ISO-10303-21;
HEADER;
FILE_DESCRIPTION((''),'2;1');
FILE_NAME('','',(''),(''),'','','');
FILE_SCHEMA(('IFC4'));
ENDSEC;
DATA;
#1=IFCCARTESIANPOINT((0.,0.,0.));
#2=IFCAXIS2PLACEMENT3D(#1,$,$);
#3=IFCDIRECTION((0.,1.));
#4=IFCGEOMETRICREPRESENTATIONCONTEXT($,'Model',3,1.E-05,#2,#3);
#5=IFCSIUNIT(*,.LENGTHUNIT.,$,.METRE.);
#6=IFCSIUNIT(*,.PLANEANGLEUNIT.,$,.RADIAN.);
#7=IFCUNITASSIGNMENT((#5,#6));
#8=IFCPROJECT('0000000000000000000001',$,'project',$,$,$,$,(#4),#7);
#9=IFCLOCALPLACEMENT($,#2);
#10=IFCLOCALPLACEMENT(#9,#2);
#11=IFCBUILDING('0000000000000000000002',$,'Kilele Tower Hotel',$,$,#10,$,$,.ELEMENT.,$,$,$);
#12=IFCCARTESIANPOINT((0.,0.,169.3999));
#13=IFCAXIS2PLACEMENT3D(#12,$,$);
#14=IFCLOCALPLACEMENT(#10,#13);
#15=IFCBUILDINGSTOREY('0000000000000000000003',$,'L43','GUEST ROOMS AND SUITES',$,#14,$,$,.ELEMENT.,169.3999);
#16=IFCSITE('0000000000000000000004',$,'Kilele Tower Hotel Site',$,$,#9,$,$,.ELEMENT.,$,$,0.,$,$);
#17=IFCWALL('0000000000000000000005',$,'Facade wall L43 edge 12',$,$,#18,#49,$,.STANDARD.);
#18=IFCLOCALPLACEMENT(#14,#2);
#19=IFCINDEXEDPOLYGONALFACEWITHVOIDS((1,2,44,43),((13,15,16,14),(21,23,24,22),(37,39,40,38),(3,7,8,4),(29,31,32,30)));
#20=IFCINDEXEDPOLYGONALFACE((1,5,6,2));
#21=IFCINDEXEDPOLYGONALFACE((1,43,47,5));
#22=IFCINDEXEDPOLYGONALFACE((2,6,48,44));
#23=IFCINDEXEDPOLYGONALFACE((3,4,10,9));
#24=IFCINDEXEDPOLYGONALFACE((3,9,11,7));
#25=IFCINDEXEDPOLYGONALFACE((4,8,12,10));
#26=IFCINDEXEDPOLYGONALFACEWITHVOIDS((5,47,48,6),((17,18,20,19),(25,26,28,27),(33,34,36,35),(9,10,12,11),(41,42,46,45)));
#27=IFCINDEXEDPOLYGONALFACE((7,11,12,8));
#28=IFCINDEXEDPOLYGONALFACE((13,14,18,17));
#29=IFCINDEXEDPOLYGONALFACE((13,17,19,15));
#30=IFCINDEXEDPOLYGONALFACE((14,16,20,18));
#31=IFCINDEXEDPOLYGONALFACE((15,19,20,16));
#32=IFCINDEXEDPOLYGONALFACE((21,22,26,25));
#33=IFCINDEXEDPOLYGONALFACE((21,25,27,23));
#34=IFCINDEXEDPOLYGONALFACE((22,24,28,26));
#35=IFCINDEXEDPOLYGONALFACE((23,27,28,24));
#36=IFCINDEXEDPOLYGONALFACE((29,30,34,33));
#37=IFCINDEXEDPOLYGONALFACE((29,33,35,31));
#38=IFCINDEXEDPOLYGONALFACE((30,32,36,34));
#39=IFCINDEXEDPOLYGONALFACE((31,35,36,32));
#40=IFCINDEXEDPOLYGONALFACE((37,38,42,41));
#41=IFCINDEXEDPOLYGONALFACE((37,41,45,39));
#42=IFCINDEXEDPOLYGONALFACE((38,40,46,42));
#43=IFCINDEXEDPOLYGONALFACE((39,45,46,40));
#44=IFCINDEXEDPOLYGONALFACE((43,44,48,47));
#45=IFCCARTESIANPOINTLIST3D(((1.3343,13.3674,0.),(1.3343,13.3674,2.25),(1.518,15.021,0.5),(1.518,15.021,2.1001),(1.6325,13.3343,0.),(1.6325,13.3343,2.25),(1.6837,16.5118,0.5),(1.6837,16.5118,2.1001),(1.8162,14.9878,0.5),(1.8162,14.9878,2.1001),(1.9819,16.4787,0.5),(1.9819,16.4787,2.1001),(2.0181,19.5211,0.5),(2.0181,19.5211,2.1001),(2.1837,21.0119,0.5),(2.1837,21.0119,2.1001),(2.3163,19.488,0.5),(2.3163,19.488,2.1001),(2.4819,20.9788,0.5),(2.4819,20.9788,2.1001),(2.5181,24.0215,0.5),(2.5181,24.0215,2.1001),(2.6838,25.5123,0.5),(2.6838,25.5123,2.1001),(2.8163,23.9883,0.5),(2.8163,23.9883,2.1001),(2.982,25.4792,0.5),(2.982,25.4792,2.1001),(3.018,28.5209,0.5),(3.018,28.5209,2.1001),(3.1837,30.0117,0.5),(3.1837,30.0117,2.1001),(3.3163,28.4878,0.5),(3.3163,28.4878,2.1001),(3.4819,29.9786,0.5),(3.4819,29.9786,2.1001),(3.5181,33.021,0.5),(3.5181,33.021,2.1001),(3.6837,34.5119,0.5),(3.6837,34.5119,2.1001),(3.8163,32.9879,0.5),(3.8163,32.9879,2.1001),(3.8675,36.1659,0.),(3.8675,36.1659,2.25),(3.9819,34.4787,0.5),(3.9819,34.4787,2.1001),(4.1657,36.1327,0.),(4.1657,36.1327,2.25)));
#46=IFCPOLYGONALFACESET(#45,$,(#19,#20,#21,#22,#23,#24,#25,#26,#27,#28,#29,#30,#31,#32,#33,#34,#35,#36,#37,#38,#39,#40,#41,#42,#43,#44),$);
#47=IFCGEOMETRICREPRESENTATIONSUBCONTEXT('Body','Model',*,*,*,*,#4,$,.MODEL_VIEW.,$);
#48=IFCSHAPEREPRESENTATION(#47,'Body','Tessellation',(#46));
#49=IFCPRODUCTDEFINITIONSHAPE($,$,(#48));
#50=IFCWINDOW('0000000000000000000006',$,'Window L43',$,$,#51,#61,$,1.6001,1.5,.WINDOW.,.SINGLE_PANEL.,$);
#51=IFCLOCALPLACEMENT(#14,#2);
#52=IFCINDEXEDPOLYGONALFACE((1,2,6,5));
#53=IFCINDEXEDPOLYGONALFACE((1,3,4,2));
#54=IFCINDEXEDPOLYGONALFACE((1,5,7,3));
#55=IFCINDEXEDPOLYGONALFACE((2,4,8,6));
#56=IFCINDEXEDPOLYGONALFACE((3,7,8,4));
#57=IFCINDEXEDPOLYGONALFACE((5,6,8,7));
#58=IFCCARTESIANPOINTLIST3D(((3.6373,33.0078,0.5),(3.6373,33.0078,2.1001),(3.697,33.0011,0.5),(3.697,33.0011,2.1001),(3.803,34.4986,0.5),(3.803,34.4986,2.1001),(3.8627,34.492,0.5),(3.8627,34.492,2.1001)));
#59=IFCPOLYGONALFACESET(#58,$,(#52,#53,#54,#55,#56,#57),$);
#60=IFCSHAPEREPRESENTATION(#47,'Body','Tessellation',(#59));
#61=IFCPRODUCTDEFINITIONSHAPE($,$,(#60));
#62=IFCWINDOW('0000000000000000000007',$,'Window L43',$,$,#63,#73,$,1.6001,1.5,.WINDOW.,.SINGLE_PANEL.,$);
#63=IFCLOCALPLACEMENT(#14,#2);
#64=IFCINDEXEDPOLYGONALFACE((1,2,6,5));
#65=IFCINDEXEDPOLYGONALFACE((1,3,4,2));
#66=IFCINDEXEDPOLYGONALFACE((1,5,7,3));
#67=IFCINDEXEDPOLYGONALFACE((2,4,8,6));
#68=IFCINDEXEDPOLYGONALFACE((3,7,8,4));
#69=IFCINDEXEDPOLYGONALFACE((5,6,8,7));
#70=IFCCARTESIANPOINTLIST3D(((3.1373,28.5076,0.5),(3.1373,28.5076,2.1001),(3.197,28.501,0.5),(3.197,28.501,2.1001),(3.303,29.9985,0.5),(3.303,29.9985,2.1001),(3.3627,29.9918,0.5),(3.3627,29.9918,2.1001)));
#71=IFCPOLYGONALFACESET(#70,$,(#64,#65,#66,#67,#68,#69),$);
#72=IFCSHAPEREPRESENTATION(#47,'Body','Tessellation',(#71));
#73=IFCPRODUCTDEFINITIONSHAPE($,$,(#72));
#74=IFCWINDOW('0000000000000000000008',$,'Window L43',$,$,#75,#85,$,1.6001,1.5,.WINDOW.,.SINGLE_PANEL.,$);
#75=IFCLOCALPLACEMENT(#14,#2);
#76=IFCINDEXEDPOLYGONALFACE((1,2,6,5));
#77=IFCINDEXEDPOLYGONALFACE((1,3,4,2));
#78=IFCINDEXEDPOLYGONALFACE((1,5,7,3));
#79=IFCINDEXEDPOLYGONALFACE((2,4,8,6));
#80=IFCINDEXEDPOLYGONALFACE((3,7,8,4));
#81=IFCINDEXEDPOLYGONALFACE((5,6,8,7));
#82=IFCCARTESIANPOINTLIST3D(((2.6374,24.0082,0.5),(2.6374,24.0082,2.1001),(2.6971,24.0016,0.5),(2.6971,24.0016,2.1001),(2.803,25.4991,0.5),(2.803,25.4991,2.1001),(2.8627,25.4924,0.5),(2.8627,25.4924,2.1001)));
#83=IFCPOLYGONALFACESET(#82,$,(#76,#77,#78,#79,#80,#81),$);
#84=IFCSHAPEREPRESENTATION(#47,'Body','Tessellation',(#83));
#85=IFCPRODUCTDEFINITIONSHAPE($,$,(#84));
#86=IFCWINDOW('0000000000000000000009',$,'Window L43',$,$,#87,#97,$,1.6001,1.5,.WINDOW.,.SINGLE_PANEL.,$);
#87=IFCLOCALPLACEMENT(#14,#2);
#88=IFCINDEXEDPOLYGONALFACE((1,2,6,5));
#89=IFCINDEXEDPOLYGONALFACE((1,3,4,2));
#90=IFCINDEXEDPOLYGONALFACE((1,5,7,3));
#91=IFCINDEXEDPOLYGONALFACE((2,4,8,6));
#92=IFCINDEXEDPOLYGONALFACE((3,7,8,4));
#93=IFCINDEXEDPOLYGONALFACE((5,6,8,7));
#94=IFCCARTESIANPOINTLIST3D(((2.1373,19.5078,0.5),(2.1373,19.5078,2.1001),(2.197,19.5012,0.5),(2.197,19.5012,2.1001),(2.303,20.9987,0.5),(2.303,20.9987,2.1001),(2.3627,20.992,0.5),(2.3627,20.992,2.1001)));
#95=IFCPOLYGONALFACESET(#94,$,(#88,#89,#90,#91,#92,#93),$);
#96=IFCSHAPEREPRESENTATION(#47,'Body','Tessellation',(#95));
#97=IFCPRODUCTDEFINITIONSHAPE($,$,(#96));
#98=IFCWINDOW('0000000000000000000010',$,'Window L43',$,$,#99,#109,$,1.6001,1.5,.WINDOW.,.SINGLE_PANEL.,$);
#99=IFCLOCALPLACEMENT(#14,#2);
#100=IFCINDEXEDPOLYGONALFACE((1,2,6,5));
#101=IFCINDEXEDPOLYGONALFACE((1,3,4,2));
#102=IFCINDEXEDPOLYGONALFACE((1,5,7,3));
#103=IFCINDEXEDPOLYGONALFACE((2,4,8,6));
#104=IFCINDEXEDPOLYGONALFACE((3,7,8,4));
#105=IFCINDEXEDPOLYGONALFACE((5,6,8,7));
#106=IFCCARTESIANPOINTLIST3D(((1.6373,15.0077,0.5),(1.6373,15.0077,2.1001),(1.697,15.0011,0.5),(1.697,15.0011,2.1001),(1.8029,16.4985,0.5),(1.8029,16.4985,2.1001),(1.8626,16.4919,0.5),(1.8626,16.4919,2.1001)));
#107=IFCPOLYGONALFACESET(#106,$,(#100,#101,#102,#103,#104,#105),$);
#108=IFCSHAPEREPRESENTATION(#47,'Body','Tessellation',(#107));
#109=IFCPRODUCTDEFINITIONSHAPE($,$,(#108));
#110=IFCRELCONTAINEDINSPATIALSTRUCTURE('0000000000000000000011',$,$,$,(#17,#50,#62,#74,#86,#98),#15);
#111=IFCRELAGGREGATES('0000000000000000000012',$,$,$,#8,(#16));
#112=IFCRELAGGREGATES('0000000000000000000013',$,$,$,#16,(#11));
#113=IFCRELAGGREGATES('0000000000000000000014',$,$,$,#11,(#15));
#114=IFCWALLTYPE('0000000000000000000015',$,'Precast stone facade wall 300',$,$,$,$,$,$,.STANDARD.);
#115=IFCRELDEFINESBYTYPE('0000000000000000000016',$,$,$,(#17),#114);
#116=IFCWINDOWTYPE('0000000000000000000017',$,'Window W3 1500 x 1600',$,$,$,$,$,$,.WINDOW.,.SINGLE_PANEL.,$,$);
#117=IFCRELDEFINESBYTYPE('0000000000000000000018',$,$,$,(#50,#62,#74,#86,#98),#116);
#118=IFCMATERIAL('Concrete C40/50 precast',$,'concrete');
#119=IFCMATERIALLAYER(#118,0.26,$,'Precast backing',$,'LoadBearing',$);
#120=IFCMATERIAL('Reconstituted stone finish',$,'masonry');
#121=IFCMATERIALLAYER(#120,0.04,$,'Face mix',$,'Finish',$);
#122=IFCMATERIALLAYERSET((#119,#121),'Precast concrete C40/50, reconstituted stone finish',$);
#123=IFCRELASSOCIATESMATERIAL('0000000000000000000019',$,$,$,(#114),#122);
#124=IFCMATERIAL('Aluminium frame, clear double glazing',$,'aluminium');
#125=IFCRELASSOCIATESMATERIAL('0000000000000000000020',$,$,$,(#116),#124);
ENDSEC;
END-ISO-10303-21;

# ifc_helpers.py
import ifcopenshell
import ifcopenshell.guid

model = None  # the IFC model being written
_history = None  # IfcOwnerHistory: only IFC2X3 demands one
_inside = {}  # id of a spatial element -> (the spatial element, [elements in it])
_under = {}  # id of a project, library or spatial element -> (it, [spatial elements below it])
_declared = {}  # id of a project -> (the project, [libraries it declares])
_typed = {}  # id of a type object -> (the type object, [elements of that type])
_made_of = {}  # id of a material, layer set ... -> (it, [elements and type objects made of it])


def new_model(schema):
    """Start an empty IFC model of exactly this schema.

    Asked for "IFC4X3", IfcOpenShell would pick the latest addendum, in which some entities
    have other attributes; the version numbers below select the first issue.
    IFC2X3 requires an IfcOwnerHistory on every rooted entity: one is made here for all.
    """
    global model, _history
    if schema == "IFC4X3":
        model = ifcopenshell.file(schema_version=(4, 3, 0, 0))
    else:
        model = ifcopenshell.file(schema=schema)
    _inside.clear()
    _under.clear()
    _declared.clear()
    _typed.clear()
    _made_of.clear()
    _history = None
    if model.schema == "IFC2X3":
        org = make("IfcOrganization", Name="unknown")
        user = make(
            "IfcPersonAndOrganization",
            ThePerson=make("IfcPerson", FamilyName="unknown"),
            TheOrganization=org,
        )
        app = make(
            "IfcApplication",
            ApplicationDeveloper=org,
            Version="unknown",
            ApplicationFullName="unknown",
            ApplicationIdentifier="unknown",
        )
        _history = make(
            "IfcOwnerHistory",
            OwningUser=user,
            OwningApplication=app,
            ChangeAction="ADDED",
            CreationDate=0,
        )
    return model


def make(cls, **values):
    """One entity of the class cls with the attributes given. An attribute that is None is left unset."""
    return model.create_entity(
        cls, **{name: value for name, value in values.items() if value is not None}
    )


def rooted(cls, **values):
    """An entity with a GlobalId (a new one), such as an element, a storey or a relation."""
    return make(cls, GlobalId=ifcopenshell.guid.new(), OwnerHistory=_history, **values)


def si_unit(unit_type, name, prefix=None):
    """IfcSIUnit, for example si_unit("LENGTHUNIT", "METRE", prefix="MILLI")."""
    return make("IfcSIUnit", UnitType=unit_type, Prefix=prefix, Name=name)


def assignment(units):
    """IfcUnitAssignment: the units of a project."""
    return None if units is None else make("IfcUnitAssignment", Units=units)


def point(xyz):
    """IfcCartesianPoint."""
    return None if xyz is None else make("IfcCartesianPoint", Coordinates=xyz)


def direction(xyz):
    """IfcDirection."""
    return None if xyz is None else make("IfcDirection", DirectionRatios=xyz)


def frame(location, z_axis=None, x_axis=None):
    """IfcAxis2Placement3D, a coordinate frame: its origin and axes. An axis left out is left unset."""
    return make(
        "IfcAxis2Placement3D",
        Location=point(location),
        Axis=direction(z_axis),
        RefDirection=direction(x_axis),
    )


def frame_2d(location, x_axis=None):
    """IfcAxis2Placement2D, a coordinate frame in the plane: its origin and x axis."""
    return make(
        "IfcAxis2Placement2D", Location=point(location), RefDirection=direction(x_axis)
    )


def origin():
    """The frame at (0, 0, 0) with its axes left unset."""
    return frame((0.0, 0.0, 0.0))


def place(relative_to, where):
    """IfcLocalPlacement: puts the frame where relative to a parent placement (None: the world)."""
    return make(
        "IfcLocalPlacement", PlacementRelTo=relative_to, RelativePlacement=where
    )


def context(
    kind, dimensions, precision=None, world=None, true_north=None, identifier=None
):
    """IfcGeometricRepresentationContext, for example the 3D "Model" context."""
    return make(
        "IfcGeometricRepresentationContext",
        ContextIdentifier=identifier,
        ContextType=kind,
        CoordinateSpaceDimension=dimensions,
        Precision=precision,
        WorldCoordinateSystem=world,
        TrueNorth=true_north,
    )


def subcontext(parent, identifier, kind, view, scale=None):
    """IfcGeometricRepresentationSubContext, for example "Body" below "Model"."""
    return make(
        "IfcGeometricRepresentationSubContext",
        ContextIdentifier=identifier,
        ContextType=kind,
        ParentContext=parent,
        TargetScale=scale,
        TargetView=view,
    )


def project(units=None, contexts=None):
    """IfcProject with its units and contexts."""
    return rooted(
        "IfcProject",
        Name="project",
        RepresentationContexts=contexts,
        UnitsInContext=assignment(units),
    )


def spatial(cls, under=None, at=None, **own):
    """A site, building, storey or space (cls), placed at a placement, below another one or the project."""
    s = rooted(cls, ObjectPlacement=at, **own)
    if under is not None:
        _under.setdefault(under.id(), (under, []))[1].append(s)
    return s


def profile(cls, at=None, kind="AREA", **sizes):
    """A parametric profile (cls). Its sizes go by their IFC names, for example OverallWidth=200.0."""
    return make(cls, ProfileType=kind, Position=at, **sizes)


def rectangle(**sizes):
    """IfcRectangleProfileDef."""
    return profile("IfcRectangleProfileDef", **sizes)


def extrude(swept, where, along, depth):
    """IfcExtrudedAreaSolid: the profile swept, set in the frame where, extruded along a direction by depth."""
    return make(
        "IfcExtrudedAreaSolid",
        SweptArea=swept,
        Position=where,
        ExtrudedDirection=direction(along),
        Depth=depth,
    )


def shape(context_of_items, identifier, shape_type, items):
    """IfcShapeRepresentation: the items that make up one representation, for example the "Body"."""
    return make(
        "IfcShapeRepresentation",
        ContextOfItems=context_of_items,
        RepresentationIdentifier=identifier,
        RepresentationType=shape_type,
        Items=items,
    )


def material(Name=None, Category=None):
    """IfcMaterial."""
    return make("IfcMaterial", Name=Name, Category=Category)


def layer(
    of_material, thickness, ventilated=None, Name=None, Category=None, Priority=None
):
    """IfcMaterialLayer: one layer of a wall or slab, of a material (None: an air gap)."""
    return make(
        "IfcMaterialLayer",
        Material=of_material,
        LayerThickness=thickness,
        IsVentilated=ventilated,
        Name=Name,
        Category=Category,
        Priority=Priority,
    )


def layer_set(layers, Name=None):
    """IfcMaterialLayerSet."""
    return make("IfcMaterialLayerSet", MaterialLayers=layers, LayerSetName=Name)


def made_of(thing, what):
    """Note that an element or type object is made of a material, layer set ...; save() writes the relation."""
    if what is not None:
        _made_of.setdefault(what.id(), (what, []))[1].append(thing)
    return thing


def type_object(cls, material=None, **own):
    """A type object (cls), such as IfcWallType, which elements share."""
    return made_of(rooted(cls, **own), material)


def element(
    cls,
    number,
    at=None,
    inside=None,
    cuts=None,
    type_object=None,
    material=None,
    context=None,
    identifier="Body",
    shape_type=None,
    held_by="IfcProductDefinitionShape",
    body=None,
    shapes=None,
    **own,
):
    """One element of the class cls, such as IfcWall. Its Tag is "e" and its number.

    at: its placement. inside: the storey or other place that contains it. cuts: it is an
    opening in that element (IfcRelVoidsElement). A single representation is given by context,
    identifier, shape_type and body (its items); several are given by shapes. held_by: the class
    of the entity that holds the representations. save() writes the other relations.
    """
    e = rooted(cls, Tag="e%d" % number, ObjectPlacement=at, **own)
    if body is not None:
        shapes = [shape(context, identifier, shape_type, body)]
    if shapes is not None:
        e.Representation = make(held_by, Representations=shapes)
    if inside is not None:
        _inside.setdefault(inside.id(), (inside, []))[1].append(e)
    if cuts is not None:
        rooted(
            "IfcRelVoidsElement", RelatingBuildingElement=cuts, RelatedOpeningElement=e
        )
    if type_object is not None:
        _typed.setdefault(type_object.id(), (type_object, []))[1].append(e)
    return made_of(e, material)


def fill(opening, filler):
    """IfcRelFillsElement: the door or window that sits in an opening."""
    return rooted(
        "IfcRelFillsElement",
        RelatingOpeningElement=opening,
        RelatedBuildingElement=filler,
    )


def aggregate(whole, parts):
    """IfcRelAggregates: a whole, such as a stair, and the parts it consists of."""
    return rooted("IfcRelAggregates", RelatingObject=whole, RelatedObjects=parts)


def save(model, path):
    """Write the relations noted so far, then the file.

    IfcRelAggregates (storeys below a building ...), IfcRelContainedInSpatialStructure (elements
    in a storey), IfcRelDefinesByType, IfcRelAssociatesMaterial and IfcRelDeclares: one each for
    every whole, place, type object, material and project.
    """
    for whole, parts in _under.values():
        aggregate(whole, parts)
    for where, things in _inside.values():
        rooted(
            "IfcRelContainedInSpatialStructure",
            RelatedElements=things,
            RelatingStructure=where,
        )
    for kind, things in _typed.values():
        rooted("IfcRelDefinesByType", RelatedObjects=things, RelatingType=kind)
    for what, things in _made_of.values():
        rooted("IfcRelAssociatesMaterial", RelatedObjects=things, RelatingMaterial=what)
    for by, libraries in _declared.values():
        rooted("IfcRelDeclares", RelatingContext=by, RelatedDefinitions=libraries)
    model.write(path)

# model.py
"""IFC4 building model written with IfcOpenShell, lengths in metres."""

from ifc_helpers import new_model, si_unit, direction, frame, frame_2d, origin, place, context, subcontext, project, spatial, rectangle, extrude, material, layer, layer_set, type_object, element, fill, save


model = new_model("IFC4")

# Units and contexts
model_context = context("Model", 3, precision=1e-05, world=origin(), true_north=direction((0.0, 1.0)))
body_context = subcontext(model_context, "Body", "Model", "MODEL_VIEW")
ifc_project = project(units=[si_unit("LENGTHUNIT", "METRE"), si_unit("PLANEANGLEUNIT", "RADIAN")], contexts=[model_context])

# Site, building, storey
site_placement = place(None, origin())
site = spatial("IfcSite", under=ifc_project, at=site_placement, Name="Kilele Tower Hotel Site", CompositionType="ELEMENT", RefElevation=0.0)
building_placement = place(site_placement, origin())
building = spatial("IfcBuilding", under=site, at=building_placement, Name="Kilele Tower Hotel", CompositionType="ELEMENT")
storey_placement = place(building_placement, frame((0.0, 0.0, 169.3999)))
storey = spatial("IfcBuildingStorey", under=building, at=storey_placement, Name="L43", Description="GUEST ROOMS AND SUITES", CompositionType="ELEMENT", Elevation=169.3999)

# Shared definitions
ifc_material_1 = material(Name="Concrete C40/50 precast", Category="concrete")
ifc_layer_1 = layer(ifc_material_1, 0.26, Name="Precast backing", Category="LoadBearing")
ifc_material_2 = material(Name="Reconstituted stone finish", Category="masonry")
ifc_layer_2 = layer(ifc_material_2, 0.04, Name="Face mix", Category="Finish")
ifc_layer_set_1 = layer_set([ifc_layer_1, ifc_layer_2], Name="Precast concrete C40/50, reconstituted stone finish")
wall_type_1 = type_object("IfcWallType", Name="Precast stone facade wall 300", PredefinedType="STANDARD", material=ifc_layer_set_1)

# Wall, openings, windows
wall_1_placement = place(storey_placement, frame((4.0166, 36.1492, 0.0), z_axis=(0.0, 0.0, 1.0), x_axis=(-0.110434, -0.993883, 0.0)))
wall_1 = element("IfcWall", 1, at=wall_1_placement, inside=storey, type_object=wall_type_1, Name="Facade wall L43 edge 12", PredefinedType="STANDARD", context=body_context, shape_type="SweptSolid", body=[
    extrude(rectangle(XDim=22.9387, YDim=0.3, at=frame_2d((11.4692, 0.0))), origin(), (0.0, 0.0, 1.0), 2.25),
])
opening_1_placement = place(wall_1_placement, frame((1.6641, 0.0, 0.5)))
opening_1 = element("IfcOpeningElement", 2, at=opening_1_placement, cuts=wall_1, PredefinedType="OPENING", context=body_context, shape_type="SweptSolid", body=[
    extrude(rectangle(XDim=1.5, YDim=1.6001, at=frame_2d((0.75, 0.8))), frame((0.0, 0.1599, 0.0), z_axis=(0.0, -1.0, 0.0), x_axis=(1.0, 0.0, 0.0)), (0.0, 0.0, 1.0), 0.3201),
])
opening_2_placement = place(wall_1_placement, frame((6.1919, 0.0, 0.5)))
opening_2 = element("IfcOpeningElement", 3, at=opening_2_placement, cuts=wall_1, PredefinedType="OPENING", context=body_context, shape_type="SweptSolid", body=[
    extrude(rectangle(XDim=1.5, YDim=1.6001, at=frame_2d((0.75, 0.8))), frame((0.0, 0.1599, 0.0), z_axis=(0.0, -1.0, 0.0), x_axis=(1.0, 0.0, 0.0)), (0.0, 0.0, 1.0), 0.3201),
])
opening_3_placement = place(wall_1_placement, frame((10.719, 0.0, 0.5)))
opening_3 = element("IfcOpeningElement", 4, at=opening_3_placement, cuts=wall_1, PredefinedType="OPENING", context=body_context, shape_type="SweptSolid", body=[
    extrude(rectangle(XDim=1.5, YDim=1.6001, at=frame_2d((0.75, 0.8))), frame((0.0, 0.1599, 0.0), z_axis=(0.0, -1.0, 0.0), x_axis=(1.0, 0.0, 0.0)), (0.0, 0.0, 1.0), 0.3201),
])
opening_4_placement = place(wall_1_placement, frame((15.2471, 0.0, 0.5)))
opening_4 = element("IfcOpeningElement", 5, at=opening_4_placement, cuts=wall_1, PredefinedType="OPENING", context=body_context, shape_type="SweptSolid", body=[
    extrude(rectangle(XDim=1.5, YDim=1.6001, at=frame_2d((0.75, 0.8))), frame((0.0, 0.1599, 0.0), z_axis=(0.0, -1.0, 0.0), x_axis=(1.0, 0.0, 0.0)), (0.0, 0.0, 1.0), 0.3201),
])
opening_5_placement = place(wall_1_placement, frame((19.7749, 0.0, 0.5)))
opening_5 = element("IfcOpeningElement", 6, at=opening_5_placement, cuts=wall_1, PredefinedType="OPENING", context=body_context, shape_type="SweptSolid", body=[
    extrude(rectangle(XDim=1.5, YDim=1.6001, at=frame_2d((0.75, 0.8))), frame((0.0, 0.1599, 0.0), z_axis=(0.0, -1.0, 0.0), x_axis=(1.0, 0.0, 0.0)), (0.0, 0.0, 1.0), 0.3201),
])
ifc_material_3 = material(Name="Aluminium frame, clear double glazing", Category="aluminium")
window_type_1 = type_object("IfcWindowType", Name="Window W3 1500 x 1600", PartitioningType="SINGLE_PANEL", PredefinedType="WINDOW", material=ifc_material_3)
window_1_placement = place(opening_1_placement, origin())
window_1 = element("IfcWindow", 7, at=window_1_placement, inside=storey, type_object=window_type_1, Name="Window L43", OverallHeight=1.6001, OverallWidth=1.5, PartitioningType="SINGLE_PANEL", PredefinedType="WINDOW", context=body_context, shape_type="SweptSolid", body=[
    extrude(rectangle(XDim=1.5, YDim=1.6001, at=frame_2d((0.75, 0.8))), frame((0.0, 0.03, 0.0), z_axis=(0.0, -1.0, 0.0), x_axis=(1.0, 0.0, 0.0)), (0.0, 0.0, 1.0), 0.0601),
])
fill(opening_1, window_1)
window_2_placement = place(opening_2_placement, origin())
window_2 = element("IfcWindow", 8, at=window_2_placement, inside=storey, type_object=window_type_1, Name="Window L43", OverallHeight=1.6001, OverallWidth=1.5, PartitioningType="SINGLE_PANEL", PredefinedType="WINDOW", context=body_context, shape_type="SweptSolid", body=[
    extrude(rectangle(XDim=1.5, YDim=1.6001, at=frame_2d((0.75, 0.8))), frame((0.0, 0.03, 0.0), z_axis=(0.0, -1.0, 0.0), x_axis=(1.0, 0.0, 0.0)), (0.0, 0.0, 1.0), 0.0601),
])
fill(opening_2, window_2)
window_3_placement = place(opening_3_placement, origin())
window_3 = element("IfcWindow", 9, at=window_3_placement, inside=storey, type_object=window_type_1, Name="Window L43", OverallHeight=1.6001, OverallWidth=1.5, PartitioningType="SINGLE_PANEL", PredefinedType="WINDOW", context=body_context, shape_type="SweptSolid", body=[
    extrude(rectangle(XDim=1.5, YDim=1.6001, at=frame_2d((0.75, 0.8))), frame((0.0, 0.03, 0.0), z_axis=(0.0, -1.0, 0.0), x_axis=(1.0, 0.0, 0.0)), (0.0, 0.0, 1.0), 0.0601),
])
fill(opening_3, window_3)
window_4_placement = place(opening_4_placement, origin())
window_4 = element("IfcWindow", 10, at=window_4_placement, inside=storey, type_object=window_type_1, Name="Window L43", OverallHeight=1.6001, OverallWidth=1.5, PartitioningType="SINGLE_PANEL", PredefinedType="WINDOW", context=body_context, shape_type="SweptSolid", body=[
    extrude(rectangle(XDim=1.5, YDim=1.6001, at=frame_2d((0.75, 0.8))), frame((0.0, 0.03, 0.0), z_axis=(0.0, -1.0, 0.0), x_axis=(1.0, 0.0, 0.0)), (0.0, 0.0, 1.0), 0.0601),
])
fill(opening_4, window_4)
window_5_placement = place(opening_5_placement, origin())
window_5 = element("IfcWindow", 11, at=window_5_placement, inside=storey, type_object=window_type_1, Name="Window L43", OverallHeight=1.6001, OverallWidth=1.5, PartitioningType="SINGLE_PANEL", PredefinedType="WINDOW", context=body_context, shape_type="SweptSolid", body=[
    extrude(rectangle(XDim=1.5, YDim=1.6001, at=frame_2d((0.75, 0.8))), frame((0.0, 0.03, 0.0), z_axis=(0.0, -1.0, 0.0), x_axis=(1.0, 0.0, 0.0)), (0.0, 0.0, 1.0), 0.0601),
])
fill(opening_5, window_5)

save(model, "model.ifc")
